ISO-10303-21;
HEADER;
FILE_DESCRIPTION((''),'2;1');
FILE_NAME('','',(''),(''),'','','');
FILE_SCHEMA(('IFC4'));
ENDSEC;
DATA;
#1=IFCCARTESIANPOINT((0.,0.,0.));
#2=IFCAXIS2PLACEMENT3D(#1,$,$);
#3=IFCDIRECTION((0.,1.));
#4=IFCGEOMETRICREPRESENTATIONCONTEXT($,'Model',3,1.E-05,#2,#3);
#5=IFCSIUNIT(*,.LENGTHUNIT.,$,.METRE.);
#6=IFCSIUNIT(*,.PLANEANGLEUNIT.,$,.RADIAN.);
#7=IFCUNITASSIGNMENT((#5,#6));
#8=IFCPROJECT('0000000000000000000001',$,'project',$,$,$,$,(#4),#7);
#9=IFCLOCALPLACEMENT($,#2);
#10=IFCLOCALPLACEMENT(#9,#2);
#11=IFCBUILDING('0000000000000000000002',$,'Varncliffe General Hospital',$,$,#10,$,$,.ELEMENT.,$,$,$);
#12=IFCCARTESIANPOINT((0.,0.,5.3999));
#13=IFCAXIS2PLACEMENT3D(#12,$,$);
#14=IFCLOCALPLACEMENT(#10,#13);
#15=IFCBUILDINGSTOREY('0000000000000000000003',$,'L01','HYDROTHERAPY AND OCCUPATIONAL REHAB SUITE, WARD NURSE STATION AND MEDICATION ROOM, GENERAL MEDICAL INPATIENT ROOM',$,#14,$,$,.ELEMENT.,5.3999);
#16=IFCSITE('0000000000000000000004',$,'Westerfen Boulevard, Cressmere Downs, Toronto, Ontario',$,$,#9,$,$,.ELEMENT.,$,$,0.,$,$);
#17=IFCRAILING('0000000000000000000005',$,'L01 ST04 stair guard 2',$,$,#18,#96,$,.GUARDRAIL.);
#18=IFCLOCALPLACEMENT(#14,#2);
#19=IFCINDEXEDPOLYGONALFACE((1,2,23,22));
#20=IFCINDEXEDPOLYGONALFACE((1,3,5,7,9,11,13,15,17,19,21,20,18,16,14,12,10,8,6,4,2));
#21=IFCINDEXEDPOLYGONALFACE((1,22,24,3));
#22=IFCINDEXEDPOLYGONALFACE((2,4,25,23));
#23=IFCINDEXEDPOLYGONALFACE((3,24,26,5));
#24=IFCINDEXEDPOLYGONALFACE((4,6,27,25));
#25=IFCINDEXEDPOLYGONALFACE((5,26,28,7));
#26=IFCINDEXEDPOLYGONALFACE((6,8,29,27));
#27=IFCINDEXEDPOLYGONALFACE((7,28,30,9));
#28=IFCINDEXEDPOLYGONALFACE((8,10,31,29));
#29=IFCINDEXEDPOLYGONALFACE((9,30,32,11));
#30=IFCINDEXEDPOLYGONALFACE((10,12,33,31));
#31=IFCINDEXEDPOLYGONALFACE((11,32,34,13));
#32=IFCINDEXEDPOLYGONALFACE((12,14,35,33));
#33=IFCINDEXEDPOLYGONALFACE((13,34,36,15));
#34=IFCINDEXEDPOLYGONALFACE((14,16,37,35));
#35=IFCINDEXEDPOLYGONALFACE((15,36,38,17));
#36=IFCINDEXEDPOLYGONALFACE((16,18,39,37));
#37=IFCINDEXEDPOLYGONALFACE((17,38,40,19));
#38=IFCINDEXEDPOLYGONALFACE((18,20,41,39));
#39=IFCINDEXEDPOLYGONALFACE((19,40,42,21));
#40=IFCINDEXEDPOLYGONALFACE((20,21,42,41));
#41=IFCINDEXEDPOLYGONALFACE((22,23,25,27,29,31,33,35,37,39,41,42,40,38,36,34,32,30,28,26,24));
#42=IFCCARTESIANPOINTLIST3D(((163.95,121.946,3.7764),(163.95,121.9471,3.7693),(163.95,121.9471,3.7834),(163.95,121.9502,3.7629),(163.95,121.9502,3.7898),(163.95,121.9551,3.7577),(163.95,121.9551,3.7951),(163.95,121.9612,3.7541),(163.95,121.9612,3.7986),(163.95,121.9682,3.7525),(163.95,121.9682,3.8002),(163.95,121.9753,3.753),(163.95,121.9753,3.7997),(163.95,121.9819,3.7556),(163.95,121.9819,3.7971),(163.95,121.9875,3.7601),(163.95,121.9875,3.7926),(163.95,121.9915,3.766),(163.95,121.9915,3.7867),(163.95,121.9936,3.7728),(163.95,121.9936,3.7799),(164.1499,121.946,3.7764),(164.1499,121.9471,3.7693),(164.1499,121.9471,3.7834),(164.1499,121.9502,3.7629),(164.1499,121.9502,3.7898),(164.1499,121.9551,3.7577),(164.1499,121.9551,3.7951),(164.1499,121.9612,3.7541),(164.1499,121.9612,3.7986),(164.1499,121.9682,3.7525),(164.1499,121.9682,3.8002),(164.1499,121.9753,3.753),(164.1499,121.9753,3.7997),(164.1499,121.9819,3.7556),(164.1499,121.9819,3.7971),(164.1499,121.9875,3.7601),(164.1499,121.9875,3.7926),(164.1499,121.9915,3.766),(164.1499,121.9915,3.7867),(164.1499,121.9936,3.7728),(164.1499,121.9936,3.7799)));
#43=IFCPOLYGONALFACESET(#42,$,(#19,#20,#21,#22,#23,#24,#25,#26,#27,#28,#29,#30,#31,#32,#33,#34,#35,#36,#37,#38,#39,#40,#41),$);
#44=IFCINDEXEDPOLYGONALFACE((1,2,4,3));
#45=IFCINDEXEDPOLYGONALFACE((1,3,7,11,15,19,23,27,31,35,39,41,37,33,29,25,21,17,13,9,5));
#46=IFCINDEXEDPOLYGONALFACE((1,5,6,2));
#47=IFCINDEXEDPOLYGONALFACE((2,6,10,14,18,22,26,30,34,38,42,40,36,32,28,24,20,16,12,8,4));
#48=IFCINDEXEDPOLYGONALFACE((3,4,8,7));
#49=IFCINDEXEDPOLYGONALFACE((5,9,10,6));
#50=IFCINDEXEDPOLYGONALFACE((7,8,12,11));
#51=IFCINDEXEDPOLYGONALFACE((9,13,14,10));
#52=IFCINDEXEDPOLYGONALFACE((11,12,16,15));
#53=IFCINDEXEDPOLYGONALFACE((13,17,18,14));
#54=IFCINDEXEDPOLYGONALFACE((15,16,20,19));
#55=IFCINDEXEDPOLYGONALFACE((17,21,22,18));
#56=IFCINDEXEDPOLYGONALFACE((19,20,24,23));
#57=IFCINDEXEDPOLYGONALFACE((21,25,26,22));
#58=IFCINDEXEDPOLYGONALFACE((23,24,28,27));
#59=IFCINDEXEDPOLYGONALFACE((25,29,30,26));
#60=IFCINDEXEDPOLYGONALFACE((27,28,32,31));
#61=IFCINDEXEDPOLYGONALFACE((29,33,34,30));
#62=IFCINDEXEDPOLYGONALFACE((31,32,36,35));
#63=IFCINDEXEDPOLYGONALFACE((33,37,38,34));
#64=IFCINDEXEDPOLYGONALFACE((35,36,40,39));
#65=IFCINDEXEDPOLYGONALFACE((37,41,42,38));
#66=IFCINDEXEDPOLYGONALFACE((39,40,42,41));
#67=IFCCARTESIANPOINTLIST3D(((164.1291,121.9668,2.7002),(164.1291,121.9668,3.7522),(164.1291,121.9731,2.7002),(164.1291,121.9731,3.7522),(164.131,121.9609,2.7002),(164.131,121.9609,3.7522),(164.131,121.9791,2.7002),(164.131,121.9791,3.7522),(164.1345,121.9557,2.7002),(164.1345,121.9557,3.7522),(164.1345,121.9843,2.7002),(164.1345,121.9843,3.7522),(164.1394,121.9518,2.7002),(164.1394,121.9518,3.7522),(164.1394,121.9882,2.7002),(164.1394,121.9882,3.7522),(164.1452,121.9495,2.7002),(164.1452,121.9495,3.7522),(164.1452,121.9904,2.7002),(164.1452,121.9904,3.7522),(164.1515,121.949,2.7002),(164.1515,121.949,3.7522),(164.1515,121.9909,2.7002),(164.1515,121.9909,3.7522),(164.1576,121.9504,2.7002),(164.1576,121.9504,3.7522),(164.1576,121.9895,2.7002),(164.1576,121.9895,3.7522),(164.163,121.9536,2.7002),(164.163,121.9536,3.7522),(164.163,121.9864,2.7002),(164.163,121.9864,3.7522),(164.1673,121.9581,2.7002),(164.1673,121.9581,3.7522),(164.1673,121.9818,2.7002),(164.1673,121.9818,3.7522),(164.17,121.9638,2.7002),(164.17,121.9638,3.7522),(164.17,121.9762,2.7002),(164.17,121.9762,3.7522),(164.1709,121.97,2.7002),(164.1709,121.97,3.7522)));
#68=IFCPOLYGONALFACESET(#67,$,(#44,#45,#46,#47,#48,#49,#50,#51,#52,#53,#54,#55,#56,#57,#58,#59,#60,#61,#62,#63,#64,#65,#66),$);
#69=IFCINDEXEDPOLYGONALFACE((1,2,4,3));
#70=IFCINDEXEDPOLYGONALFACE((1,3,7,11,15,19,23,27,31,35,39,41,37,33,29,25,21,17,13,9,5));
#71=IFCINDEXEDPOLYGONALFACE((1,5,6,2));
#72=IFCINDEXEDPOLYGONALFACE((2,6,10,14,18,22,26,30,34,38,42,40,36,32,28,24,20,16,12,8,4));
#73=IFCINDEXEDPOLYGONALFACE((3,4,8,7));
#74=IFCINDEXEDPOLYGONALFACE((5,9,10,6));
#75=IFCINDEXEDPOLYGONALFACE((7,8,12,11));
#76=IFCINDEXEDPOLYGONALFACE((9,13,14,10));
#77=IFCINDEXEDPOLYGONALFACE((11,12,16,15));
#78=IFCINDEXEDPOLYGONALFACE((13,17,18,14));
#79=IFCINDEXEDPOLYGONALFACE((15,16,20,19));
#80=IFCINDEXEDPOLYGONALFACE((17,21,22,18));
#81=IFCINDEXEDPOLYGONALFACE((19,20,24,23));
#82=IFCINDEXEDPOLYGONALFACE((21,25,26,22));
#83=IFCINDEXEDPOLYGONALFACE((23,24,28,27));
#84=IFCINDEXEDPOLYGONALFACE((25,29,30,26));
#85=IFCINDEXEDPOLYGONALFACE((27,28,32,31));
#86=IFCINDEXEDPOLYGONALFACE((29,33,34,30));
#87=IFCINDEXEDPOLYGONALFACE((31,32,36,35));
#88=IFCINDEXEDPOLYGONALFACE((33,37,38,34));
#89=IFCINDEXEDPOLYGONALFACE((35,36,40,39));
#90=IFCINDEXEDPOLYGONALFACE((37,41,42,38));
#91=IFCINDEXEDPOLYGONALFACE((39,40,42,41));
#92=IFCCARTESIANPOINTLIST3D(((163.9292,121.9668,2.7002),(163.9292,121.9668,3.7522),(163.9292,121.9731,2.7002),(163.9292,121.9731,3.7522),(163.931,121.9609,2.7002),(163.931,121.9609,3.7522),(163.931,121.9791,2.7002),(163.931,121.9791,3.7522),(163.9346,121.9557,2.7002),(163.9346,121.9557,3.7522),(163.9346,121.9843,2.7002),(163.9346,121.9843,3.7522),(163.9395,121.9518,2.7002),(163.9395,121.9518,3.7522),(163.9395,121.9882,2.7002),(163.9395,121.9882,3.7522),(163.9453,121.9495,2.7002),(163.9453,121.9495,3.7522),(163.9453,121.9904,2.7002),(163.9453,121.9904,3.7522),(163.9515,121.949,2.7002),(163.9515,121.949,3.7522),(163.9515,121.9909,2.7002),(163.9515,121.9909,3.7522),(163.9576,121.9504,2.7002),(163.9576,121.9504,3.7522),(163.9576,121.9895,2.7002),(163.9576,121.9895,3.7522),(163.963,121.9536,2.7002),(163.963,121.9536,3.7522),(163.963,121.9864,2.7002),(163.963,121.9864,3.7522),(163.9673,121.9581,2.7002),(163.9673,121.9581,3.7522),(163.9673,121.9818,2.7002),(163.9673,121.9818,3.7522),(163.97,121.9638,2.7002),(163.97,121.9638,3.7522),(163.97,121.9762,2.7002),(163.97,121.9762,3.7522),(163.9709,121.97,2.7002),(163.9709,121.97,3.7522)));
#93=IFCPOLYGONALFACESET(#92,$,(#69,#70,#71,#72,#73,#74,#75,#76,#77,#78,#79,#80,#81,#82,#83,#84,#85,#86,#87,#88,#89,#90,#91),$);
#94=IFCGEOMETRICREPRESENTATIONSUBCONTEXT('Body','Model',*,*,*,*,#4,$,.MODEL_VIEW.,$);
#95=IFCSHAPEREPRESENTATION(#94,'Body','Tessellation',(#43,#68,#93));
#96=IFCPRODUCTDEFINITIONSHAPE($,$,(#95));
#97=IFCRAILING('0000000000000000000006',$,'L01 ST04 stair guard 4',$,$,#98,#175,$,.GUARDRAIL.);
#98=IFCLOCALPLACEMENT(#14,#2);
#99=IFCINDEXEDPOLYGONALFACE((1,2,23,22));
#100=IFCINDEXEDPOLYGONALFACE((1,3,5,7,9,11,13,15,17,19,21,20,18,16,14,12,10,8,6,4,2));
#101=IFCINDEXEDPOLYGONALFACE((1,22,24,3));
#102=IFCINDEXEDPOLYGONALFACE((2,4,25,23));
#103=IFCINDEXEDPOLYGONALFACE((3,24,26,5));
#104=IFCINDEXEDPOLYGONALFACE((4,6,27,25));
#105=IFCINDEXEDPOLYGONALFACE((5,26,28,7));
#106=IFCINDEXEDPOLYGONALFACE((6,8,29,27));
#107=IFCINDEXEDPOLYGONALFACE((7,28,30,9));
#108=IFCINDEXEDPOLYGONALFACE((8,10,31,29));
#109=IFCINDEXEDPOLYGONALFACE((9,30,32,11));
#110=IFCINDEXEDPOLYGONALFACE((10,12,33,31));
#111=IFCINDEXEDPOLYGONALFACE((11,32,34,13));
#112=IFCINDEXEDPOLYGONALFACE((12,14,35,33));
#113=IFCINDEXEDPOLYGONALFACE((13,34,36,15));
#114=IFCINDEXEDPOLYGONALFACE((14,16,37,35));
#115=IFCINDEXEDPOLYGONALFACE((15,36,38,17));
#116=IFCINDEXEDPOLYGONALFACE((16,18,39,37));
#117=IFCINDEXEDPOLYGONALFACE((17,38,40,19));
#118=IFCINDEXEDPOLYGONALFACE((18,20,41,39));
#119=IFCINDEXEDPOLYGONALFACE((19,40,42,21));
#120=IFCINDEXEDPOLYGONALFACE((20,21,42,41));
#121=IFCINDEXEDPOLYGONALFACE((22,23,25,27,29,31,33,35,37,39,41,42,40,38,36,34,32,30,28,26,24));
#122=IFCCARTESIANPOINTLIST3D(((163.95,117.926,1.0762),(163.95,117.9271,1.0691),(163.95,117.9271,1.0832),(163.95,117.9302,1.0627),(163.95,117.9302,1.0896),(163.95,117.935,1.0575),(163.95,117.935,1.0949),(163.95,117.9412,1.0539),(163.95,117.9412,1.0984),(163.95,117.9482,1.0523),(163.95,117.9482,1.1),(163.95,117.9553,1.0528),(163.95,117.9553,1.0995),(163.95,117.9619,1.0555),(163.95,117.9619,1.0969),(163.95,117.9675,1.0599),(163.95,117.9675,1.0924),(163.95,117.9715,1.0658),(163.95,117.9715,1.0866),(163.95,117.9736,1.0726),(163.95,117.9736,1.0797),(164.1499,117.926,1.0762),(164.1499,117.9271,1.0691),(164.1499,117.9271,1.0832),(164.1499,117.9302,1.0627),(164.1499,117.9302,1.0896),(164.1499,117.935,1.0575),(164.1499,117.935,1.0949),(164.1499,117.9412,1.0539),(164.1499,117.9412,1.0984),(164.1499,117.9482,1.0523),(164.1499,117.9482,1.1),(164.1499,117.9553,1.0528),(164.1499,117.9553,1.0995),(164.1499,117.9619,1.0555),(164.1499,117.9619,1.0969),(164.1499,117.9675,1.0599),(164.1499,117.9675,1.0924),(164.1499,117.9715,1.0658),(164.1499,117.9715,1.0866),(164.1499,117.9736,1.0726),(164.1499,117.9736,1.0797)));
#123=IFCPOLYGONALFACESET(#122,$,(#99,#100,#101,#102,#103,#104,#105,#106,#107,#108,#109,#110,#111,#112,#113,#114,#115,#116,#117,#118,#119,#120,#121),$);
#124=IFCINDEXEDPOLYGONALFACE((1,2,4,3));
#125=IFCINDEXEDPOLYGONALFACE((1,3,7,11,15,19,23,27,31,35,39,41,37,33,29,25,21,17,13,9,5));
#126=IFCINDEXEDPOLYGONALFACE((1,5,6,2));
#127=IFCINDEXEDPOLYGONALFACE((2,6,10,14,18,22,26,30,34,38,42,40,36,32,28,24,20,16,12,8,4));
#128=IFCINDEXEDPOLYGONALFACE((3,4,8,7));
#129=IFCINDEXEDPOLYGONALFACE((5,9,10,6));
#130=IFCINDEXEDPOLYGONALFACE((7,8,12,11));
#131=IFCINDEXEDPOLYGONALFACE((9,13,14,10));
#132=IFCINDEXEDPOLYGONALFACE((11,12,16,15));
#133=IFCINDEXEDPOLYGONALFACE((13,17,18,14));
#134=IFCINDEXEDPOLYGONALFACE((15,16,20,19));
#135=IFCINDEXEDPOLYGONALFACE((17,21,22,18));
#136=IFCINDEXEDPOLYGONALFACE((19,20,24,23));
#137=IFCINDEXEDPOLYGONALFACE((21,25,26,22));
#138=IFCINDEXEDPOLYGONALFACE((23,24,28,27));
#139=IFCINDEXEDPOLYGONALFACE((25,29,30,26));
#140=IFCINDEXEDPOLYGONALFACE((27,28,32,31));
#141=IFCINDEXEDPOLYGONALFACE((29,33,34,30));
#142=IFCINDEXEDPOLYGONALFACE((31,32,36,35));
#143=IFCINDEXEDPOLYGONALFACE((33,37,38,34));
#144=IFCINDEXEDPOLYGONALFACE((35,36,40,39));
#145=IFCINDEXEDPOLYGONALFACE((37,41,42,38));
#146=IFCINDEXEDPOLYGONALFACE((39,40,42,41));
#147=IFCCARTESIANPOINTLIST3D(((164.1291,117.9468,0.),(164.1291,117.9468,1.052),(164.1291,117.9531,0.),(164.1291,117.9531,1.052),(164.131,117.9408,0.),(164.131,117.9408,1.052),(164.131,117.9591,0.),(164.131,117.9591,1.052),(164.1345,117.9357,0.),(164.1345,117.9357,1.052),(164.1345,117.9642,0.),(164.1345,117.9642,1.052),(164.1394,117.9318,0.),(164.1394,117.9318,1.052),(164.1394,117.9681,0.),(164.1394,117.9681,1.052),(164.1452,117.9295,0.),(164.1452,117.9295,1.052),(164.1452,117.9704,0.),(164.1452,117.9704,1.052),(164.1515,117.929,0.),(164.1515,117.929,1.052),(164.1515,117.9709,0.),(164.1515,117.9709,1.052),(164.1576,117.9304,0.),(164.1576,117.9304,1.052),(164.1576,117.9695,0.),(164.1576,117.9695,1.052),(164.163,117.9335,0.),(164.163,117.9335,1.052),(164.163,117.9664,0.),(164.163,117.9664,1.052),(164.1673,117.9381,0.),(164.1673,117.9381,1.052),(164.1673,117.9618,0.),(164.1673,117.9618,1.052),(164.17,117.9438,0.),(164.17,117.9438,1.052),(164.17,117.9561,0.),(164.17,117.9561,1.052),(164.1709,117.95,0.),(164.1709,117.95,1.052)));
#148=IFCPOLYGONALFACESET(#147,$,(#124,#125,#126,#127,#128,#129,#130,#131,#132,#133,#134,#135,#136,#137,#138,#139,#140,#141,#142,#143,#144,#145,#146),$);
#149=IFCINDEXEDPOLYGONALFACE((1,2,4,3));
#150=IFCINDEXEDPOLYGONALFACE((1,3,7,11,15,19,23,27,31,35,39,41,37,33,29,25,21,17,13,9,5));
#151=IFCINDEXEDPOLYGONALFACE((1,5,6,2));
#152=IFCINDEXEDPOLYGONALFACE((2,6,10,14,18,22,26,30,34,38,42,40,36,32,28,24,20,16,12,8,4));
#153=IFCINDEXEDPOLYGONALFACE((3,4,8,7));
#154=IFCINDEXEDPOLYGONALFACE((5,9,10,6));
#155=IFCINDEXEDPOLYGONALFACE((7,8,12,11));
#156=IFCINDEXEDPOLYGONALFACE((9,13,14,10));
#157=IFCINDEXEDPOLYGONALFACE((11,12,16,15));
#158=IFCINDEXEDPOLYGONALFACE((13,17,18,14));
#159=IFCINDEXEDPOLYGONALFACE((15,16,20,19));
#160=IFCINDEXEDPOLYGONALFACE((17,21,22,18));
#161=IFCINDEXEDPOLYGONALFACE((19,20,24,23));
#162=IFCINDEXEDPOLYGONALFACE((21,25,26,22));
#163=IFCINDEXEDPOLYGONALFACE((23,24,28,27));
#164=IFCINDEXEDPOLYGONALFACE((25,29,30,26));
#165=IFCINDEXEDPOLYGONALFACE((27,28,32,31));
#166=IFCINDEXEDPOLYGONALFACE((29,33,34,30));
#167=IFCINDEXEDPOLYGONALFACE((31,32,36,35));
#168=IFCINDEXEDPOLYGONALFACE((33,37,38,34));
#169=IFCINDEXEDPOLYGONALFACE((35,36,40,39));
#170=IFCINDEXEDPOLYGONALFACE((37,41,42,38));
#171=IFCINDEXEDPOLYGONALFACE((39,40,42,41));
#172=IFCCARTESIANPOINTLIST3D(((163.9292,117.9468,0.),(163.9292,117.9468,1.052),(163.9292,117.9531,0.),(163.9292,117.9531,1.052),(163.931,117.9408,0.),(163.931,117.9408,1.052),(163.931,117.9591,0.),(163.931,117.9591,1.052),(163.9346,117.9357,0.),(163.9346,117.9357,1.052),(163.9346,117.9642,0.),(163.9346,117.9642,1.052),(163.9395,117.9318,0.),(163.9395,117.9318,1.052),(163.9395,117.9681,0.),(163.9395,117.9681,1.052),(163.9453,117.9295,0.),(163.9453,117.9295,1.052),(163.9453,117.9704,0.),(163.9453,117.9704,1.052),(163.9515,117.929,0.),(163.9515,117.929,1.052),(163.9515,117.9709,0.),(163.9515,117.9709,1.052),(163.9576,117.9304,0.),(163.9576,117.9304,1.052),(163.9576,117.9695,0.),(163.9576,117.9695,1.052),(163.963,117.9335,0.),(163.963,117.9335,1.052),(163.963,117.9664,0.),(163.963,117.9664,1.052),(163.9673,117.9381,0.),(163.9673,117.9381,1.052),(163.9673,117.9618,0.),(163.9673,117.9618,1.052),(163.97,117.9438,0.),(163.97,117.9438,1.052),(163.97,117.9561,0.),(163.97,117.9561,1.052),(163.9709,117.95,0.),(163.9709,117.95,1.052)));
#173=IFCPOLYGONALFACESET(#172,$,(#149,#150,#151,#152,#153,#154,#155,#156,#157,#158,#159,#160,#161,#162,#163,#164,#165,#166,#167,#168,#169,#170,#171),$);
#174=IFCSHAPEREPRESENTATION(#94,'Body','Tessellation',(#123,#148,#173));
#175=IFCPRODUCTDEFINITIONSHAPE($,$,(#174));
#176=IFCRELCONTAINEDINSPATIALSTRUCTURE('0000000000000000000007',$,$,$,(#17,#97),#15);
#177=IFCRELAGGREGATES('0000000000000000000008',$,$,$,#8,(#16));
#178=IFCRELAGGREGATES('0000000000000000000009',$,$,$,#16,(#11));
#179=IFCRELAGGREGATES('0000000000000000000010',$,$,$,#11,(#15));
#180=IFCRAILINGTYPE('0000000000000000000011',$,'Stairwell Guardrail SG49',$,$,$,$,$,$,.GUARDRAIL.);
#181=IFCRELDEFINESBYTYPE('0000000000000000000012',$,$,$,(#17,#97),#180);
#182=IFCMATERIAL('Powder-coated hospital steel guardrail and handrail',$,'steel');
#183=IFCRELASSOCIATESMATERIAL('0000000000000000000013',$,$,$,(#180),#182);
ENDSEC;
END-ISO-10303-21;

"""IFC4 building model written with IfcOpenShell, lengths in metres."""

from ifc_helpers import new_model, si_unit, direction, frame, origin, origin_2d, place, context, subcontext, project, spatial, circle, extrude, material, type_object, element, save


model = new_model("IFC4")

# Units and contexts
model_context = context("Model", 3, precision=1e-05, world=origin(), true_north=direction((0.0, 1.0)))
body_context = subcontext(model_context, "Body", "Model", "MODEL_VIEW")
ifc_project = project(units=[si_unit("LENGTHUNIT", "METRE"), si_unit("PLANEANGLEUNIT", "RADIAN")], contexts=[model_context])

# Site, building, storey
site_placement = place(None, origin())
site = spatial("IfcSite", under=ifc_project, at=site_placement, Name="Westerfen Boulevard, Cressmere Downs, Toronto, Ontario", CompositionType="ELEMENT", RefElevation=0.0)
building_placement = place(site_placement, origin())
building = spatial("IfcBuilding", under=site, at=building_placement, Name="Varncliffe General Hospital", CompositionType="ELEMENT")
storey_placement = place(building_placement, frame((0.0, 0.0, 5.3999)))
storey = spatial("IfcBuildingStorey", under=building, at=storey_placement, Name="L01", Description="HYDROTHERAPY AND OCCUPATIONAL REHAB SUITE, WARD NURSE STATION AND MEDICATION ROOM, GENERAL MEDICAL INPATIENT ROOM", CompositionType="ELEMENT", Elevation=5.3999)

# Railings
ifc_material_1 = material(Name="Powder-coated hospital steel guardrail and handrail", Category="steel")
railing_type_1 = type_object("IfcRailingType", Name="Stairwell Guardrail SG49", PredefinedType="GUARDRAIL", material=ifc_material_1)
for number, where, name in (
    (1, (164.1499, 121.97, 2.7002), "L01 ST04 stair guard 2"),
    (2, (164.1499, 117.95, 0.0), "L01 ST04 stair guard 4"),
):
    element("IfcRailing", number, at=place(storey_placement, frame(where)), inside=storey, type_object=railing_type_1, Name=name, PredefinedType="GUARDRAIL", context=body_context, shape_type="SweptSolid", body=[
        extrude(circle(Radius=0.0239, at=origin_2d()), frame((0.0, 0.0, 1.0762), z_axis=(-1.0, 0.0, 0.0), x_axis=(0.0, -1.0, 0.0)), (0.0, 0.0, 1.0), 0.2),
        extrude(circle(Radius=0.021, at=origin_2d()), origin(), (0.0, 0.0, 1.0), 1.052),
        extrude(circle(Radius=0.021, at=origin_2d()), frame((-0.2, 0.0, 0.0)), (0.0, 0.0, 1.0), 1.052),
    ])

save(model, "model.ifc")
